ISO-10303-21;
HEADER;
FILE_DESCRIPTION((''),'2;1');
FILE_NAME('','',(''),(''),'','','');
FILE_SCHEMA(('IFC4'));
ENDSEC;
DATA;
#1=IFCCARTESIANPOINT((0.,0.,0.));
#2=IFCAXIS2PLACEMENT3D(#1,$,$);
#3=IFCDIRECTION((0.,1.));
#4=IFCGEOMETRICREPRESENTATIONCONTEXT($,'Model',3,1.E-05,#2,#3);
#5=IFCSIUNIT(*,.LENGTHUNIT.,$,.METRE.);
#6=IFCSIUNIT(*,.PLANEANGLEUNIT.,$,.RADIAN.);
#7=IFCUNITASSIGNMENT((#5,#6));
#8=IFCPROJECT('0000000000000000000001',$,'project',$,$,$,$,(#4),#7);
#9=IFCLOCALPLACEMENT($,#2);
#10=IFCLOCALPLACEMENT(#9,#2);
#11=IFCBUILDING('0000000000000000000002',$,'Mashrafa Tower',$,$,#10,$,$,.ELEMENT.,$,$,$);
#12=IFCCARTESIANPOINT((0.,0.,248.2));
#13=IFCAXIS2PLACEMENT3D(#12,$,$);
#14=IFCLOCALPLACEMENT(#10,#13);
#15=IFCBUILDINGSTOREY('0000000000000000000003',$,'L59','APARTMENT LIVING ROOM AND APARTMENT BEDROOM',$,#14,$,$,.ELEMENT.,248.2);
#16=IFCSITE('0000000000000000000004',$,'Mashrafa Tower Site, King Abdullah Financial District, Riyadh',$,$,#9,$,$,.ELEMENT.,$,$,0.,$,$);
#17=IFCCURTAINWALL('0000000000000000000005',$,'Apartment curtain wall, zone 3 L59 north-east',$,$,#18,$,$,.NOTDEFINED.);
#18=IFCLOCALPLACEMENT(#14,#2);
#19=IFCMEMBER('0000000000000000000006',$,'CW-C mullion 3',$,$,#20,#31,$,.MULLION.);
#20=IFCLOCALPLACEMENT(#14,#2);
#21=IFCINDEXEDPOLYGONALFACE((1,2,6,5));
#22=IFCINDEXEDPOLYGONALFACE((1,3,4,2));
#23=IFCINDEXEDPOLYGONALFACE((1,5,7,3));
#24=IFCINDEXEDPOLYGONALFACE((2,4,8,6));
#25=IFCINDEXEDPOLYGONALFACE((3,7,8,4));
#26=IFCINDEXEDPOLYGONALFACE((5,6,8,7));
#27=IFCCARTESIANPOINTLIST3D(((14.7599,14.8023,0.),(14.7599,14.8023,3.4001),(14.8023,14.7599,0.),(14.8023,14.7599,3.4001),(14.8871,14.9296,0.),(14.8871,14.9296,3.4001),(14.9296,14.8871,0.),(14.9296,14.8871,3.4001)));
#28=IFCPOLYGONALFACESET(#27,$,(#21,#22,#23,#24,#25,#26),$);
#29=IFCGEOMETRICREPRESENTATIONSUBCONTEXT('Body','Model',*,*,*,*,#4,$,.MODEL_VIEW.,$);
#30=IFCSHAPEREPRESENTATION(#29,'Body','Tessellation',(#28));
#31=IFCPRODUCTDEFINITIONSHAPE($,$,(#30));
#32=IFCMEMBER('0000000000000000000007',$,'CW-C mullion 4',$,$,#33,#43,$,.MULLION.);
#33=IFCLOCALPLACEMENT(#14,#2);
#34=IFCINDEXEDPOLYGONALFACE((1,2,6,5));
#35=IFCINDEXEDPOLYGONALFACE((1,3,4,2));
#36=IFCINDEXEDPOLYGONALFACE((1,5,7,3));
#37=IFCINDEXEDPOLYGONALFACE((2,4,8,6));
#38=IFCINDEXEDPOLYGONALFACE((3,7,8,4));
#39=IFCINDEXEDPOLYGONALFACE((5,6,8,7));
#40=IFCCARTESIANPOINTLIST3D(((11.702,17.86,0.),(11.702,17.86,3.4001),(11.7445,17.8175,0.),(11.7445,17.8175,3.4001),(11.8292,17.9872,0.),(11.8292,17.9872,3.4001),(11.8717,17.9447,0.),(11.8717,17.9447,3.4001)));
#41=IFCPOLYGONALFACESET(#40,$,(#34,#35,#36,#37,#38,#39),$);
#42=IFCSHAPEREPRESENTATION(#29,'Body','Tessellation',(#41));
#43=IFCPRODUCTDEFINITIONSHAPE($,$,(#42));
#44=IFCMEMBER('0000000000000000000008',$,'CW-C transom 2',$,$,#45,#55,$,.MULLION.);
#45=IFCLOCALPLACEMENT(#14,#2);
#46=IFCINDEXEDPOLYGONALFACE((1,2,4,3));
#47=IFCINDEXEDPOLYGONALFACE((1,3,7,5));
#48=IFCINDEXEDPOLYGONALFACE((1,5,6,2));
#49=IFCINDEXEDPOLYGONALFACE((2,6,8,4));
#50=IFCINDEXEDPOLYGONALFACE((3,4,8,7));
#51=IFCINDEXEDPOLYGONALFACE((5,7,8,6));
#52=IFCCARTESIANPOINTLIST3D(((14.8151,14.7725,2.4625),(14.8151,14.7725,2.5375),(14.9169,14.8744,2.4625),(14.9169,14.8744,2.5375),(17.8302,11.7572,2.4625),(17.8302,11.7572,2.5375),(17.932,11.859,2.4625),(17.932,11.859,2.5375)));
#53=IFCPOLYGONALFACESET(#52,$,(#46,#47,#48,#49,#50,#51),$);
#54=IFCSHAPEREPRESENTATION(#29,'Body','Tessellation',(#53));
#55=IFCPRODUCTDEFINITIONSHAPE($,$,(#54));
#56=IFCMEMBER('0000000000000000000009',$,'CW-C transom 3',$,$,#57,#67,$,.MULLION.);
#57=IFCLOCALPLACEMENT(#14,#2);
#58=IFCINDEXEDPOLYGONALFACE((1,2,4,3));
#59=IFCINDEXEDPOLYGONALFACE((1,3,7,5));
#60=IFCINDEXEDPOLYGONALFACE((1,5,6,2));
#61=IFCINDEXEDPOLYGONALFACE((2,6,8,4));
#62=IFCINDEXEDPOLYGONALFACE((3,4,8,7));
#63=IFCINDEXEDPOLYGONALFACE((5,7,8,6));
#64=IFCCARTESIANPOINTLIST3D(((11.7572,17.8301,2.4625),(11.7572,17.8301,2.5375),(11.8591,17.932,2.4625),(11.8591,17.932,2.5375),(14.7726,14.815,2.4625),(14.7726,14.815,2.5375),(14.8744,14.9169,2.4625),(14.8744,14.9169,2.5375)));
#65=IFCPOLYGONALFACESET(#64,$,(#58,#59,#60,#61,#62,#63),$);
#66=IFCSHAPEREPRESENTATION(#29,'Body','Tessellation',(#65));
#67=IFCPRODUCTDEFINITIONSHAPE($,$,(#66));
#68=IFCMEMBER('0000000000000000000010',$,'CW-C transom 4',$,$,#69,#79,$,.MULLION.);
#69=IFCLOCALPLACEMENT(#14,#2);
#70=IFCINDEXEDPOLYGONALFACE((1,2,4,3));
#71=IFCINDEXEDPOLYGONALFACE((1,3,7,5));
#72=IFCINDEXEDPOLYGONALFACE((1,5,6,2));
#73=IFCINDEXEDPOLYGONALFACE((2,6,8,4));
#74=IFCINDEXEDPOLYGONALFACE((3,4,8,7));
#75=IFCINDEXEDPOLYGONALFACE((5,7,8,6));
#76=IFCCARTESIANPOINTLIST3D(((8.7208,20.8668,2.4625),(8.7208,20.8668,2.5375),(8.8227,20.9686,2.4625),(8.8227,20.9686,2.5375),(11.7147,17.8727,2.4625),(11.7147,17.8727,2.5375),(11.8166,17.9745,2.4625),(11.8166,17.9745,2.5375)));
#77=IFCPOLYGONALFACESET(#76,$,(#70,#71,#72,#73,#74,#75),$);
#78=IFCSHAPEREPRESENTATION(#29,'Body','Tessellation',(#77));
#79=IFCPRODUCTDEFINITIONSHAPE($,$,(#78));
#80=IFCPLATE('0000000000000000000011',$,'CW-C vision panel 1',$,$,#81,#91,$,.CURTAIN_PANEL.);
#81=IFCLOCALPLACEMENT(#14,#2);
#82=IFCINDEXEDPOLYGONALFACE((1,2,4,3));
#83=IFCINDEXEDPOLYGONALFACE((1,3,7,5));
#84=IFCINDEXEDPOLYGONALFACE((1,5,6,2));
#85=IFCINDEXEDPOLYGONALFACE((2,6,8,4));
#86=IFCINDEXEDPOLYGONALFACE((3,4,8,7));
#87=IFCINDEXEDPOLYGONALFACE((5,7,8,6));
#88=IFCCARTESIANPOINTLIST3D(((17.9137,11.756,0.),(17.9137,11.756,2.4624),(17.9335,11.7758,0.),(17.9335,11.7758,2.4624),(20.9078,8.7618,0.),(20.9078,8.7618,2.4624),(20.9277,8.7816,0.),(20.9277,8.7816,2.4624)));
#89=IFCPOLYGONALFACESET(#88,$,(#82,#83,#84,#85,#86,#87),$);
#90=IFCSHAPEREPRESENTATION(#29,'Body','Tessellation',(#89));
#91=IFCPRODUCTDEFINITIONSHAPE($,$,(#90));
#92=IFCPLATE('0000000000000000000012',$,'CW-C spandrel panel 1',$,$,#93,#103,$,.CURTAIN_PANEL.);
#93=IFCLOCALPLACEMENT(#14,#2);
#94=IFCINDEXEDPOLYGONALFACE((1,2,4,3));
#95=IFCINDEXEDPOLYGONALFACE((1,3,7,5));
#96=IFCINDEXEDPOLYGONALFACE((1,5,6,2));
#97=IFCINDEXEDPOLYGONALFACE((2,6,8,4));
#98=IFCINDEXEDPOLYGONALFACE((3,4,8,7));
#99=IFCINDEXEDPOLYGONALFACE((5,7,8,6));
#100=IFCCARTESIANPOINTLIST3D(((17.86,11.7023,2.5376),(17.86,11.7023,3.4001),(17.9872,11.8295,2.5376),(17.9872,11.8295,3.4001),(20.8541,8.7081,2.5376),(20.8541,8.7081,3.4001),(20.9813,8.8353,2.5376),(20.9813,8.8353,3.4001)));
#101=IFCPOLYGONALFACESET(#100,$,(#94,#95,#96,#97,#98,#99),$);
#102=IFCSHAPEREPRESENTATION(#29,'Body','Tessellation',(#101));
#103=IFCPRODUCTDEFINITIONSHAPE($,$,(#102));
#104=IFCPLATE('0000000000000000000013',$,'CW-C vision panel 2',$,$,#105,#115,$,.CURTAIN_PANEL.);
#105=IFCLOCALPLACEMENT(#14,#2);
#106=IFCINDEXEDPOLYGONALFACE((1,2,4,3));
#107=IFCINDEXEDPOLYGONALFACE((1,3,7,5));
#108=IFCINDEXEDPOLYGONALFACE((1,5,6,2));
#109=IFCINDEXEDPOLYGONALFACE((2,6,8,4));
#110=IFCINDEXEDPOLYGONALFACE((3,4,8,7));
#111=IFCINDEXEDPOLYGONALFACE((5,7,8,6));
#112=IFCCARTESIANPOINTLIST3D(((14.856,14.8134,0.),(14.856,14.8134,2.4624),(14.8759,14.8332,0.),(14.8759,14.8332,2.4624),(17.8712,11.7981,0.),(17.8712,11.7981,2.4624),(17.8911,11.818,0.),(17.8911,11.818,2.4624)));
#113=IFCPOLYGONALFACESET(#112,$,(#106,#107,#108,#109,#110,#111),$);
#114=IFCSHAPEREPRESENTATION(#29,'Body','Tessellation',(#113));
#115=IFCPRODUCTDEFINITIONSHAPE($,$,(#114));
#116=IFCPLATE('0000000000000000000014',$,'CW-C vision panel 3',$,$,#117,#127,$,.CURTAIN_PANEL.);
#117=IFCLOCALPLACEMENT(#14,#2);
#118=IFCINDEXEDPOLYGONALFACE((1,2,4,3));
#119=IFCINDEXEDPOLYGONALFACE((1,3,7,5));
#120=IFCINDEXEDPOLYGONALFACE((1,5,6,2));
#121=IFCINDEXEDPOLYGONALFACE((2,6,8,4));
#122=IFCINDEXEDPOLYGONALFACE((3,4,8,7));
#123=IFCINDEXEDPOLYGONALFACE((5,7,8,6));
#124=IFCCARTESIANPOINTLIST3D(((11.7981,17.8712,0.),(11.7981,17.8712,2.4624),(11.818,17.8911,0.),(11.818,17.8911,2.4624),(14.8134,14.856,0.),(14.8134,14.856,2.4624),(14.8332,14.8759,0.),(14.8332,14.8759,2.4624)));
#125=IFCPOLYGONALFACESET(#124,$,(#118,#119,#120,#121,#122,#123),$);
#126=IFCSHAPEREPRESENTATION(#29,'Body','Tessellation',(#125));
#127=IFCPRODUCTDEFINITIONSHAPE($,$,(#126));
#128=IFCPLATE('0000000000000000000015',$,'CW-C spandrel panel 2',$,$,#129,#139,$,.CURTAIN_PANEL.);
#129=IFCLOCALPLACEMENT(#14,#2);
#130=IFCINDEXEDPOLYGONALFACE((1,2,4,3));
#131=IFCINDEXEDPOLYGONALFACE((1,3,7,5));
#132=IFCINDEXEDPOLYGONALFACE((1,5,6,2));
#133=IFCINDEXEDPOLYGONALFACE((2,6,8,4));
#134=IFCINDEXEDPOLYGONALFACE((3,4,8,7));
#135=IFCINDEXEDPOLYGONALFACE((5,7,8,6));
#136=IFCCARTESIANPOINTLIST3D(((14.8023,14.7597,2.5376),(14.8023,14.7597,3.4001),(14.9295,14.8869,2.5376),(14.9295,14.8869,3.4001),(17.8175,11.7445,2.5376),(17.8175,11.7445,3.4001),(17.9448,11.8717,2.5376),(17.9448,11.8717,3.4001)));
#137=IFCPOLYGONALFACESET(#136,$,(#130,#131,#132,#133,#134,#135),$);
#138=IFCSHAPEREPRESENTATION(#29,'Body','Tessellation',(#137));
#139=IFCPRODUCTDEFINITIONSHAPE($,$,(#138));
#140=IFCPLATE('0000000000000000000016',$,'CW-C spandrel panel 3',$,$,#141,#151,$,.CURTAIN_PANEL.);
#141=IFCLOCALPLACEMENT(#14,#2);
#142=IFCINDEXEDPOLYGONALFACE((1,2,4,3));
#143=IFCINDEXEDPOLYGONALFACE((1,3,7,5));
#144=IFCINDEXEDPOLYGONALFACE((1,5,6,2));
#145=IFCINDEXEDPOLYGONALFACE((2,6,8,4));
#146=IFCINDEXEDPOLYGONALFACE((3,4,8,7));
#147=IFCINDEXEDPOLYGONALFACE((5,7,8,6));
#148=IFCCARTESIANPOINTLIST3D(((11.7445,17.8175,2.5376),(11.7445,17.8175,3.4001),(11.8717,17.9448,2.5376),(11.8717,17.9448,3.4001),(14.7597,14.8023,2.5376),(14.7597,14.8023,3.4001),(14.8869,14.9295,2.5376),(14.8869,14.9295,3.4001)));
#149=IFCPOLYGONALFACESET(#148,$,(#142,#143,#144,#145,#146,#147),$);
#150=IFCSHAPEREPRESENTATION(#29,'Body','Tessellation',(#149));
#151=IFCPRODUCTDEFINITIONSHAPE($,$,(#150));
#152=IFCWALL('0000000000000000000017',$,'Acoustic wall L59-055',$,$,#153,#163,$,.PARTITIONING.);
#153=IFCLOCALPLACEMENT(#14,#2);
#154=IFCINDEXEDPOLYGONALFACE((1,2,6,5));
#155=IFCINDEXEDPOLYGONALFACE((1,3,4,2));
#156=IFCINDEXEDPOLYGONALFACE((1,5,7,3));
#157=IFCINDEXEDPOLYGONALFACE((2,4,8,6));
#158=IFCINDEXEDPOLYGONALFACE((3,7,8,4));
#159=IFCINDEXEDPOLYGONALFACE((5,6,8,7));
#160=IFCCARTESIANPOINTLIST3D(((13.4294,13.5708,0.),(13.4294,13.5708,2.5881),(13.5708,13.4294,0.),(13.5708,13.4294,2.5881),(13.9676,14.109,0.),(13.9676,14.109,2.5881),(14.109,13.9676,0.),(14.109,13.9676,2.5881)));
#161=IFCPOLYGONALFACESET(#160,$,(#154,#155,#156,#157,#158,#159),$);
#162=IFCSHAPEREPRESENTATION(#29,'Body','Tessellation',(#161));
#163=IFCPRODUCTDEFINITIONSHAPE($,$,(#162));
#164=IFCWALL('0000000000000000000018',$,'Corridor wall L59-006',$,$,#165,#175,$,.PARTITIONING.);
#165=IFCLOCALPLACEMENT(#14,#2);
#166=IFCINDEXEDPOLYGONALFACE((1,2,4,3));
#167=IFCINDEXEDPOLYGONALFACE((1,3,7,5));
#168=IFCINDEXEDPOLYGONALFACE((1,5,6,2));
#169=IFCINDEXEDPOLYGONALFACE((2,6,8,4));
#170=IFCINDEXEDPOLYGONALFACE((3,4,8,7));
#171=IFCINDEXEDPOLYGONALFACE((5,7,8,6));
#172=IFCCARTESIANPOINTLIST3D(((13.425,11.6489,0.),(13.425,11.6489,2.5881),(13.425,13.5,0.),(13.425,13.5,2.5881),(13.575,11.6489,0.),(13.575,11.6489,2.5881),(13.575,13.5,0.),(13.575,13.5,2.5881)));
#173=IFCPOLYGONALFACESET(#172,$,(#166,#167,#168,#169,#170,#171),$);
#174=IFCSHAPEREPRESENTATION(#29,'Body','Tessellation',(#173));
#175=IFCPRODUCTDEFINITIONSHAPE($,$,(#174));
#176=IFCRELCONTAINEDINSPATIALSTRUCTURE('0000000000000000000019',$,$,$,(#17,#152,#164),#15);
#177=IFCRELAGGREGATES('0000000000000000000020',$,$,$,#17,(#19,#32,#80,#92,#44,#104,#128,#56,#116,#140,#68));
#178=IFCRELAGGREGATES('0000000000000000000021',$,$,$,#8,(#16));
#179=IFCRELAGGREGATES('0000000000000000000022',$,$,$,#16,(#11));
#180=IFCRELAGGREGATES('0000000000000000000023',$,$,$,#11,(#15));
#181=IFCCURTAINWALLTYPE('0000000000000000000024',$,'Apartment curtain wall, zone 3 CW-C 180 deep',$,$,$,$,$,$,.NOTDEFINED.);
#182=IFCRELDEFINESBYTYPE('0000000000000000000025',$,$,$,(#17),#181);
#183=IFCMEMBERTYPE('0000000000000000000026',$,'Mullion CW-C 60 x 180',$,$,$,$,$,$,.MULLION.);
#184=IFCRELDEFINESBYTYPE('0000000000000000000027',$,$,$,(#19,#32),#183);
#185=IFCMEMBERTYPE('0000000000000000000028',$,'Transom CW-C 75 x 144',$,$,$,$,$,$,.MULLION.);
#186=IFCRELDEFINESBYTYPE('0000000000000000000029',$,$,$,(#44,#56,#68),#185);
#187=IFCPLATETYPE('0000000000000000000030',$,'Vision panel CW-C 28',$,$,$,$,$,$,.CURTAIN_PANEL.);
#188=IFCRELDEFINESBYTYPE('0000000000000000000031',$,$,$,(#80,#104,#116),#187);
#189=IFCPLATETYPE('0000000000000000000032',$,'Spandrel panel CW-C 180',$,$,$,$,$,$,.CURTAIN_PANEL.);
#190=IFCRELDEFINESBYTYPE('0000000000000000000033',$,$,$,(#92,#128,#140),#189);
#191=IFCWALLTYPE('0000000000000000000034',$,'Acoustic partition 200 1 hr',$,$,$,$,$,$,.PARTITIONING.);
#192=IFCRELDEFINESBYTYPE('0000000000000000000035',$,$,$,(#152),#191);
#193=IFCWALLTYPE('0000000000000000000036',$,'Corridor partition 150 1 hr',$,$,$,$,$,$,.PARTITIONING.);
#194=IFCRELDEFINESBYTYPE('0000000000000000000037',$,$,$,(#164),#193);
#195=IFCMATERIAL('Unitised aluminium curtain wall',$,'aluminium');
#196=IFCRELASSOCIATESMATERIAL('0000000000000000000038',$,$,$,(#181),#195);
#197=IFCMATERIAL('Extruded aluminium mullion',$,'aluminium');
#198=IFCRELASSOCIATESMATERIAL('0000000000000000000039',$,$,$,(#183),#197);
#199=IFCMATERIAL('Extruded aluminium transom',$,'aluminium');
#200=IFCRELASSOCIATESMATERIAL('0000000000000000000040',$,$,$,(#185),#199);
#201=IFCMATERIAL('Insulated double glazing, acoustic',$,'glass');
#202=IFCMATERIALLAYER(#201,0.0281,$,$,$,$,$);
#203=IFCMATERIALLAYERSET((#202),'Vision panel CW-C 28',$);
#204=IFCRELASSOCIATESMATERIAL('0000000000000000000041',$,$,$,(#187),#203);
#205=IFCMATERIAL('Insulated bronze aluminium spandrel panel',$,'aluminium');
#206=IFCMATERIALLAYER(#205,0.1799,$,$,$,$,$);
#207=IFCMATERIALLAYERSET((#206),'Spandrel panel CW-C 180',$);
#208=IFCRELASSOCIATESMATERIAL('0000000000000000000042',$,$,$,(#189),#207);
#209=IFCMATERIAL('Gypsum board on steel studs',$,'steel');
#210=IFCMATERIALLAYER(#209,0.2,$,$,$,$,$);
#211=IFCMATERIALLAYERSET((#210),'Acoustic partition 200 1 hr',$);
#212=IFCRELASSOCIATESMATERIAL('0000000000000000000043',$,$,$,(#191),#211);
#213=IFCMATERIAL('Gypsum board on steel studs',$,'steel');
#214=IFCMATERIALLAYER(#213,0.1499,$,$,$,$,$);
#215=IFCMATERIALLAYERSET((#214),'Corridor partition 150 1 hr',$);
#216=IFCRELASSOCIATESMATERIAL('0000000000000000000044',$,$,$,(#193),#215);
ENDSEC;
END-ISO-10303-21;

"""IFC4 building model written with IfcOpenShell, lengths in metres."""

from ifc_helpers import new_model, si_unit, direction, frame, frame_2d, origin, origin_2d, place, context, subcontext, project, spatial, rectangle, extrude, source, transform, mapped, material, layer, layer_set, material_profile, profile_set, type_object, type_shapes, element, aggregate, save


model = new_model("IFC4")

# Units and contexts
model_context = context("Model", 3, precision=1e-05, world=origin(), true_north=direction((0.0, 1.0)))
body_context = subcontext(model_context, "Body", "Model", "MODEL_VIEW")
ifc_project = project(units=[si_unit("LENGTHUNIT", "METRE"), si_unit("PLANEANGLEUNIT", "RADIAN")], contexts=[model_context])

# Site, building, storey
site_placement = place(None, origin())
site = spatial("IfcSite", under=ifc_project, at=site_placement, Name="Mashrafa Tower Site, King Abdullah Financial District, Riyadh", CompositionType="ELEMENT", RefElevation=0.0)
building_placement = place(site_placement, origin())
building = spatial("IfcBuilding", under=site, at=building_placement, Name="Mashrafa Tower", CompositionType="ELEMENT")
storey_placement = place(building_placement, frame((0.0, 0.0, 248.2)))
storey = spatial("IfcBuildingStorey", under=building, at=storey_placement, Name="L59", Description="APARTMENT LIVING ROOM AND APARTMENT BEDROOM", CompositionType="ELEMENT", Elevation=248.2)

# Curtain wall, members, plates
ifc_material_1 = material(Name="Unitised aluminium curtain wall", Category="aluminium")
curtain_wall_type = type_object("IfcCurtainWallType", Name="Apartment curtain wall, zone 3 CW-C 180 deep", PredefinedType="NOTDEFINED", material=ifc_material_1)
curtain_wall_placement = place(storey_placement, origin())
curtain_wall = element("IfcCurtainWall", 1, at=curtain_wall_placement, inside=storey, type_object=curtain_wall_type, Name="Apartment curtain wall, zone 3 L59 north-east", PredefinedType="NOTDEFINED")
ifc_material_2 = material(Name="Extruded aluminium mullion", Category="aluminium")
ifc_material_profile_1 = material_profile(ifc_material_2, rectangle(XDim=0.1799, YDim=0.0601, at=origin_2d()), Name="Mullion 60x180")
ifc_profile_set_1 = profile_set([ifc_material_profile_1], Name="Extruded aluminium mullion")
member_type_1 = type_object("IfcMemberType", Name="Mullion CW-C 60 x 180", PredefinedType="MULLION", material=ifc_profile_set_1)
shared_shape_1 = source(origin(), body_context, "Body", "SweptSolid", [
    extrude(rectangle(XDim=0.1799, YDim=0.0601, at=origin_2d()), origin(), (0.0, 0.0, 1.0), 3.4001),
])
type_shapes(member_type_1, [shared_shape_1])
member_1_placement = place(storey_placement, frame((14.8447, 14.8447, 0.0), z_axis=(0.0, 0.0, 1.0), x_axis=(-0.707107, -0.707107, 0.0)))
member_1 = element("IfcMember", 2, at=member_1_placement, type_object=member_type_1, Name="CW-C mullion 3", PredefinedType="MULLION", context=body_context, shape_type="MappedRepresentation", body=[
    mapped(shared_shape_1, transform((0.0, 0.0, 0.0))),
])
member_2_placement = place(storey_placement, frame((11.7869, 17.9023, 0.0), z_axis=(0.0, 0.0, 1.0), x_axis=(-0.707107, -0.707107, 0.0)))
member_2 = element("IfcMember", 3, at=member_2_placement, type_object=member_type_1, Name="CW-C mullion 4", PredefinedType="MULLION", context=body_context, shape_type="MappedRepresentation", body=[
    mapped(shared_shape_1, transform((0.0, 0.0, 0.0))),
])
ifc_material_3 = material(Name="Extruded aluminium transom", Category="aluminium")
ifc_material_profile_2 = material_profile(ifc_material_3, rectangle(XDim=0.144, YDim=0.075, at=origin_2d()), Name="Transom 75x144")
ifc_profile_set_2 = profile_set([ifc_material_profile_2], Name="Extruded aluminium transom")
member_type_2 = type_object("IfcMemberType", Name="Transom CW-C 75 x 144", PredefinedType="MULLION", material=ifc_profile_set_2)
shared_shape_2 = source(origin(), body_context, "Body", "SweptSolid", [
    extrude(rectangle(XDim=0.144, YDim=0.075, at=origin_2d()), origin(), (0.0, 0.0, 1.0), 4.2642),
])
member_3_placement = place(storey_placement, frame((17.8811, 11.8081, 2.5), z_axis=(-0.707078, 0.707135, 0.0), x_axis=(-0.707135, -0.707078, 0.0)))
member_3 = element("IfcMember", 4, at=member_3_placement, type_object=member_type_2, Name="CW-C transom 2", PredefinedType="MULLION", context=body_context, shape_type="MappedRepresentation", body=[
    mapped(shared_shape_2, transform((0.0, 0.0, 0.0))),
])
member_4_placement = place(storey_placement, frame((14.8235, 14.866, 2.5), z_axis=(-0.707135, 0.707078, 0.0), x_axis=(-0.707078, -0.707135, 0.0)))
member_4 = element("IfcMember", 5, at=member_4_placement, type_object=member_type_2, Name="CW-C transom 3", PredefinedType="MULLION", context=body_context, shape_type="MappedRepresentation", body=[
    mapped(shared_shape_2, transform((0.0, 0.0, 0.0))),
])
shared_shape_3 = source(origin(), body_context, "Body", "SweptSolid", [
    extrude(rectangle(XDim=0.144, YDim=0.075, at=origin_2d()), origin(), (0.0, 0.0, 1.0), 4.2341),
])
type_shapes(member_type_2, [shared_shape_2, shared_shape_3])
member_5_placement = place(storey_placement, frame((11.7656, 17.9236, 2.5), z_axis=(-0.707078, 0.707136, 0.0), x_axis=(-0.707136, -0.707078, 0.0)))
member_5 = element("IfcMember", 6, at=member_5_placement, type_object=member_type_2, Name="CW-C transom 4", PredefinedType="MULLION", context=body_context, shape_type="MappedRepresentation", body=[
    mapped(shared_shape_3, transform((0.0, 0.0, 0.0))),
])
ifc_material_4 = material(Name="Insulated double glazing, acoustic", Category="glass")
ifc_layer_1 = layer(ifc_material_4, 0.0281)
ifc_layer_set_1 = layer_set([ifc_layer_1], Name="Vision panel CW-C 28")
plate_type_1 = type_object("IfcPlateType", Name="Vision panel CW-C 28", PredefinedType="CURTAIN_PANEL", material=ifc_layer_set_1)
shared_shape_4 = source(origin(), body_context, "Body", "SweptSolid", [
    extrude(rectangle(XDim=4.2344, YDim=0.0281, at=origin_2d()), origin(), (0.0, 0.0, 1.0), 2.4624),
])
plate_1_placement = place(storey_placement, frame((19.4207, 10.2688, 0.0), z_axis=(0.0, 0.0, 1.0), x_axis=(-0.707107, 0.707107, 0.0)))
plate_1 = element("IfcPlate", 7, at=plate_1_placement, type_object=plate_type_1, Name="CW-C vision panel 1", PredefinedType="CURTAIN_PANEL", context=body_context, shape_type="MappedRepresentation", body=[
    mapped(shared_shape_4, transform((0.0, 0.0, 0.0))),
])
ifc_material_5 = material(Name="Insulated bronze aluminium spandrel panel", Category="aluminium")
ifc_layer_2 = layer(ifc_material_5, 0.1799)
ifc_layer_set_2 = layer_set([ifc_layer_2], Name="Spandrel panel CW-C 180")
plate_type_2 = type_object("IfcPlateType", Name="Spandrel panel CW-C 180", PredefinedType="CURTAIN_PANEL", material=ifc_layer_set_2)
shared_shape_5 = source(origin(), body_context, "Body", "SweptSolid", [
    extrude(rectangle(XDim=4.2344, YDim=0.1799, at=origin_2d()), origin(), (0.0, 0.0, 1.0), 0.8625),
])
plate_2_placement = place(storey_placement, frame((19.4207, 10.2688, 2.5376), z_axis=(0.0, 0.0, 1.0), x_axis=(-0.707107, 0.707107, 0.0)))
plate_2 = element("IfcPlate", 8, at=plate_2_placement, type_object=plate_type_2, Name="CW-C spandrel panel 1", PredefinedType="CURTAIN_PANEL", context=body_context, shape_type="MappedRepresentation", body=[
    mapped(shared_shape_5, transform((0.0, 0.0, 0.0))),
])
shared_shape_6 = source(origin(), body_context, "Body", "SweptSolid", [
    extrude(rectangle(XDim=4.2642, YDim=0.0281, at=origin_2d()), origin(), (0.0, 0.0, 1.0), 2.4624),
])
type_shapes(plate_type_1, [shared_shape_4, shared_shape_6])
plate_3_placement = place(storey_placement, frame((16.3735, 13.3157, 0.0), z_axis=(0.0, 0.0, 1.0), x_axis=(-0.707107, 0.707107, 0.0)))
plate_3 = element("IfcPlate", 9, at=plate_3_placement, type_object=plate_type_1, Name="CW-C vision panel 2", PredefinedType="CURTAIN_PANEL", context=body_context, shape_type="MappedRepresentation", body=[
    mapped(shared_shape_6, transform((0.0, 0.0, 0.0))),
])
plate_4_placement = place(storey_placement, frame((13.3157, 16.3735, 0.0), z_axis=(0.0, 0.0, 1.0), x_axis=(-0.707107, 0.707107, 0.0)))
plate_4 = element("IfcPlate", 10, at=plate_4_placement, type_object=plate_type_1, Name="CW-C vision panel 3", PredefinedType="CURTAIN_PANEL", context=body_context, shape_type="MappedRepresentation", body=[
    mapped(shared_shape_6, transform((0.0, 0.0, 0.0))),
])
shared_shape_7 = source(origin(), body_context, "Body", "SweptSolid", [
    extrude(rectangle(XDim=4.2642, YDim=0.1799, at=origin_2d()), origin(), (0.0, 0.0, 1.0), 0.8625),
])
type_shapes(plate_type_2, [shared_shape_5, shared_shape_7])
plate_5_placement = place(storey_placement, frame((16.3735, 13.3157, 2.5376), z_axis=(0.0, 0.0, 1.0), x_axis=(-0.707107, 0.707107, 0.0)))
plate_5 = element("IfcPlate", 11, at=plate_5_placement, type_object=plate_type_2, Name="CW-C spandrel panel 2", PredefinedType="CURTAIN_PANEL", context=body_context, shape_type="MappedRepresentation", body=[
    mapped(shared_shape_7, transform((0.0, 0.0, 0.0))),
])
plate_6_placement = place(storey_placement, frame((13.3157, 16.3735, 2.5376), z_axis=(0.0, 0.0, 1.0), x_axis=(-0.707107, 0.707107, 0.0)))
plate_6 = element("IfcPlate", 12, at=plate_6_placement, type_object=plate_type_2, Name="CW-C spandrel panel 3", PredefinedType="CURTAIN_PANEL", context=body_context, shape_type="MappedRepresentation", body=[
    mapped(shared_shape_7, transform((0.0, 0.0, 0.0))),
])
aggregate(curtain_wall, [member_1, member_2, plate_1, plate_2, member_3, plate_3, plate_5, member_4, plate_4, plate_6, member_5])

# Walls
ifc_material_6 = material(Name="Gypsum board on steel studs", Category="steel")
ifc_layer_3 = layer(ifc_material_6, 0.2)
ifc_layer_set_3 = layer_set([ifc_layer_3], Name="Acoustic partition 200 1 hr")
wall_type_1 = type_object("IfcWallType", Name="Acoustic partition 200 1 hr", PredefinedType="PARTITIONING", material=ifc_layer_set_3)
wall_1_placement = place(storey_placement, frame((14.0383, 14.0383, 0.0), z_axis=(0.0, 0.0, 1.0), x_axis=(-0.707107, -0.707107, 0.0)))
element("IfcWall", 13, at=wall_1_placement, inside=storey, type_object=wall_type_1, Name="Acoustic wall L59-055", PredefinedType="PARTITIONING", context=body_context, shape_type="SweptSolid", body=[
    extrude(rectangle(XDim=0.7612, YDim=0.2, at=frame_2d((0.3806, 0.0))), origin(), (0.0, 0.0, 1.0), 2.5881),
])
ifc_material_7 = material(Name="Gypsum board on steel studs", Category="steel")
ifc_layer_4 = layer(ifc_material_7, 0.1499)
ifc_layer_set_4 = layer_set([ifc_layer_4], Name="Corridor partition 150 1 hr")
wall_type_2 = type_object("IfcWallType", Name="Corridor partition 150 1 hr", PredefinedType="PARTITIONING", material=ifc_layer_set_4)
wall_2_placement = place(storey_placement, frame((13.5, 11.6489, 0.0), z_axis=(0.0, 0.0, 1.0), x_axis=(0.0, 1.0, 0.0)))
element("IfcWall", 14, at=wall_2_placement, inside=storey, type_object=wall_type_2, Name="Corridor wall L59-006", PredefinedType="PARTITIONING", context=body_context, shape_type="SweptSolid", body=[
    extrude(rectangle(XDim=1.8511, YDim=0.1499, at=frame_2d((0.9255, 0.0))), origin(), (0.0, 0.0, 1.0), 2.5881),
])

save(model, "model.ifc")
